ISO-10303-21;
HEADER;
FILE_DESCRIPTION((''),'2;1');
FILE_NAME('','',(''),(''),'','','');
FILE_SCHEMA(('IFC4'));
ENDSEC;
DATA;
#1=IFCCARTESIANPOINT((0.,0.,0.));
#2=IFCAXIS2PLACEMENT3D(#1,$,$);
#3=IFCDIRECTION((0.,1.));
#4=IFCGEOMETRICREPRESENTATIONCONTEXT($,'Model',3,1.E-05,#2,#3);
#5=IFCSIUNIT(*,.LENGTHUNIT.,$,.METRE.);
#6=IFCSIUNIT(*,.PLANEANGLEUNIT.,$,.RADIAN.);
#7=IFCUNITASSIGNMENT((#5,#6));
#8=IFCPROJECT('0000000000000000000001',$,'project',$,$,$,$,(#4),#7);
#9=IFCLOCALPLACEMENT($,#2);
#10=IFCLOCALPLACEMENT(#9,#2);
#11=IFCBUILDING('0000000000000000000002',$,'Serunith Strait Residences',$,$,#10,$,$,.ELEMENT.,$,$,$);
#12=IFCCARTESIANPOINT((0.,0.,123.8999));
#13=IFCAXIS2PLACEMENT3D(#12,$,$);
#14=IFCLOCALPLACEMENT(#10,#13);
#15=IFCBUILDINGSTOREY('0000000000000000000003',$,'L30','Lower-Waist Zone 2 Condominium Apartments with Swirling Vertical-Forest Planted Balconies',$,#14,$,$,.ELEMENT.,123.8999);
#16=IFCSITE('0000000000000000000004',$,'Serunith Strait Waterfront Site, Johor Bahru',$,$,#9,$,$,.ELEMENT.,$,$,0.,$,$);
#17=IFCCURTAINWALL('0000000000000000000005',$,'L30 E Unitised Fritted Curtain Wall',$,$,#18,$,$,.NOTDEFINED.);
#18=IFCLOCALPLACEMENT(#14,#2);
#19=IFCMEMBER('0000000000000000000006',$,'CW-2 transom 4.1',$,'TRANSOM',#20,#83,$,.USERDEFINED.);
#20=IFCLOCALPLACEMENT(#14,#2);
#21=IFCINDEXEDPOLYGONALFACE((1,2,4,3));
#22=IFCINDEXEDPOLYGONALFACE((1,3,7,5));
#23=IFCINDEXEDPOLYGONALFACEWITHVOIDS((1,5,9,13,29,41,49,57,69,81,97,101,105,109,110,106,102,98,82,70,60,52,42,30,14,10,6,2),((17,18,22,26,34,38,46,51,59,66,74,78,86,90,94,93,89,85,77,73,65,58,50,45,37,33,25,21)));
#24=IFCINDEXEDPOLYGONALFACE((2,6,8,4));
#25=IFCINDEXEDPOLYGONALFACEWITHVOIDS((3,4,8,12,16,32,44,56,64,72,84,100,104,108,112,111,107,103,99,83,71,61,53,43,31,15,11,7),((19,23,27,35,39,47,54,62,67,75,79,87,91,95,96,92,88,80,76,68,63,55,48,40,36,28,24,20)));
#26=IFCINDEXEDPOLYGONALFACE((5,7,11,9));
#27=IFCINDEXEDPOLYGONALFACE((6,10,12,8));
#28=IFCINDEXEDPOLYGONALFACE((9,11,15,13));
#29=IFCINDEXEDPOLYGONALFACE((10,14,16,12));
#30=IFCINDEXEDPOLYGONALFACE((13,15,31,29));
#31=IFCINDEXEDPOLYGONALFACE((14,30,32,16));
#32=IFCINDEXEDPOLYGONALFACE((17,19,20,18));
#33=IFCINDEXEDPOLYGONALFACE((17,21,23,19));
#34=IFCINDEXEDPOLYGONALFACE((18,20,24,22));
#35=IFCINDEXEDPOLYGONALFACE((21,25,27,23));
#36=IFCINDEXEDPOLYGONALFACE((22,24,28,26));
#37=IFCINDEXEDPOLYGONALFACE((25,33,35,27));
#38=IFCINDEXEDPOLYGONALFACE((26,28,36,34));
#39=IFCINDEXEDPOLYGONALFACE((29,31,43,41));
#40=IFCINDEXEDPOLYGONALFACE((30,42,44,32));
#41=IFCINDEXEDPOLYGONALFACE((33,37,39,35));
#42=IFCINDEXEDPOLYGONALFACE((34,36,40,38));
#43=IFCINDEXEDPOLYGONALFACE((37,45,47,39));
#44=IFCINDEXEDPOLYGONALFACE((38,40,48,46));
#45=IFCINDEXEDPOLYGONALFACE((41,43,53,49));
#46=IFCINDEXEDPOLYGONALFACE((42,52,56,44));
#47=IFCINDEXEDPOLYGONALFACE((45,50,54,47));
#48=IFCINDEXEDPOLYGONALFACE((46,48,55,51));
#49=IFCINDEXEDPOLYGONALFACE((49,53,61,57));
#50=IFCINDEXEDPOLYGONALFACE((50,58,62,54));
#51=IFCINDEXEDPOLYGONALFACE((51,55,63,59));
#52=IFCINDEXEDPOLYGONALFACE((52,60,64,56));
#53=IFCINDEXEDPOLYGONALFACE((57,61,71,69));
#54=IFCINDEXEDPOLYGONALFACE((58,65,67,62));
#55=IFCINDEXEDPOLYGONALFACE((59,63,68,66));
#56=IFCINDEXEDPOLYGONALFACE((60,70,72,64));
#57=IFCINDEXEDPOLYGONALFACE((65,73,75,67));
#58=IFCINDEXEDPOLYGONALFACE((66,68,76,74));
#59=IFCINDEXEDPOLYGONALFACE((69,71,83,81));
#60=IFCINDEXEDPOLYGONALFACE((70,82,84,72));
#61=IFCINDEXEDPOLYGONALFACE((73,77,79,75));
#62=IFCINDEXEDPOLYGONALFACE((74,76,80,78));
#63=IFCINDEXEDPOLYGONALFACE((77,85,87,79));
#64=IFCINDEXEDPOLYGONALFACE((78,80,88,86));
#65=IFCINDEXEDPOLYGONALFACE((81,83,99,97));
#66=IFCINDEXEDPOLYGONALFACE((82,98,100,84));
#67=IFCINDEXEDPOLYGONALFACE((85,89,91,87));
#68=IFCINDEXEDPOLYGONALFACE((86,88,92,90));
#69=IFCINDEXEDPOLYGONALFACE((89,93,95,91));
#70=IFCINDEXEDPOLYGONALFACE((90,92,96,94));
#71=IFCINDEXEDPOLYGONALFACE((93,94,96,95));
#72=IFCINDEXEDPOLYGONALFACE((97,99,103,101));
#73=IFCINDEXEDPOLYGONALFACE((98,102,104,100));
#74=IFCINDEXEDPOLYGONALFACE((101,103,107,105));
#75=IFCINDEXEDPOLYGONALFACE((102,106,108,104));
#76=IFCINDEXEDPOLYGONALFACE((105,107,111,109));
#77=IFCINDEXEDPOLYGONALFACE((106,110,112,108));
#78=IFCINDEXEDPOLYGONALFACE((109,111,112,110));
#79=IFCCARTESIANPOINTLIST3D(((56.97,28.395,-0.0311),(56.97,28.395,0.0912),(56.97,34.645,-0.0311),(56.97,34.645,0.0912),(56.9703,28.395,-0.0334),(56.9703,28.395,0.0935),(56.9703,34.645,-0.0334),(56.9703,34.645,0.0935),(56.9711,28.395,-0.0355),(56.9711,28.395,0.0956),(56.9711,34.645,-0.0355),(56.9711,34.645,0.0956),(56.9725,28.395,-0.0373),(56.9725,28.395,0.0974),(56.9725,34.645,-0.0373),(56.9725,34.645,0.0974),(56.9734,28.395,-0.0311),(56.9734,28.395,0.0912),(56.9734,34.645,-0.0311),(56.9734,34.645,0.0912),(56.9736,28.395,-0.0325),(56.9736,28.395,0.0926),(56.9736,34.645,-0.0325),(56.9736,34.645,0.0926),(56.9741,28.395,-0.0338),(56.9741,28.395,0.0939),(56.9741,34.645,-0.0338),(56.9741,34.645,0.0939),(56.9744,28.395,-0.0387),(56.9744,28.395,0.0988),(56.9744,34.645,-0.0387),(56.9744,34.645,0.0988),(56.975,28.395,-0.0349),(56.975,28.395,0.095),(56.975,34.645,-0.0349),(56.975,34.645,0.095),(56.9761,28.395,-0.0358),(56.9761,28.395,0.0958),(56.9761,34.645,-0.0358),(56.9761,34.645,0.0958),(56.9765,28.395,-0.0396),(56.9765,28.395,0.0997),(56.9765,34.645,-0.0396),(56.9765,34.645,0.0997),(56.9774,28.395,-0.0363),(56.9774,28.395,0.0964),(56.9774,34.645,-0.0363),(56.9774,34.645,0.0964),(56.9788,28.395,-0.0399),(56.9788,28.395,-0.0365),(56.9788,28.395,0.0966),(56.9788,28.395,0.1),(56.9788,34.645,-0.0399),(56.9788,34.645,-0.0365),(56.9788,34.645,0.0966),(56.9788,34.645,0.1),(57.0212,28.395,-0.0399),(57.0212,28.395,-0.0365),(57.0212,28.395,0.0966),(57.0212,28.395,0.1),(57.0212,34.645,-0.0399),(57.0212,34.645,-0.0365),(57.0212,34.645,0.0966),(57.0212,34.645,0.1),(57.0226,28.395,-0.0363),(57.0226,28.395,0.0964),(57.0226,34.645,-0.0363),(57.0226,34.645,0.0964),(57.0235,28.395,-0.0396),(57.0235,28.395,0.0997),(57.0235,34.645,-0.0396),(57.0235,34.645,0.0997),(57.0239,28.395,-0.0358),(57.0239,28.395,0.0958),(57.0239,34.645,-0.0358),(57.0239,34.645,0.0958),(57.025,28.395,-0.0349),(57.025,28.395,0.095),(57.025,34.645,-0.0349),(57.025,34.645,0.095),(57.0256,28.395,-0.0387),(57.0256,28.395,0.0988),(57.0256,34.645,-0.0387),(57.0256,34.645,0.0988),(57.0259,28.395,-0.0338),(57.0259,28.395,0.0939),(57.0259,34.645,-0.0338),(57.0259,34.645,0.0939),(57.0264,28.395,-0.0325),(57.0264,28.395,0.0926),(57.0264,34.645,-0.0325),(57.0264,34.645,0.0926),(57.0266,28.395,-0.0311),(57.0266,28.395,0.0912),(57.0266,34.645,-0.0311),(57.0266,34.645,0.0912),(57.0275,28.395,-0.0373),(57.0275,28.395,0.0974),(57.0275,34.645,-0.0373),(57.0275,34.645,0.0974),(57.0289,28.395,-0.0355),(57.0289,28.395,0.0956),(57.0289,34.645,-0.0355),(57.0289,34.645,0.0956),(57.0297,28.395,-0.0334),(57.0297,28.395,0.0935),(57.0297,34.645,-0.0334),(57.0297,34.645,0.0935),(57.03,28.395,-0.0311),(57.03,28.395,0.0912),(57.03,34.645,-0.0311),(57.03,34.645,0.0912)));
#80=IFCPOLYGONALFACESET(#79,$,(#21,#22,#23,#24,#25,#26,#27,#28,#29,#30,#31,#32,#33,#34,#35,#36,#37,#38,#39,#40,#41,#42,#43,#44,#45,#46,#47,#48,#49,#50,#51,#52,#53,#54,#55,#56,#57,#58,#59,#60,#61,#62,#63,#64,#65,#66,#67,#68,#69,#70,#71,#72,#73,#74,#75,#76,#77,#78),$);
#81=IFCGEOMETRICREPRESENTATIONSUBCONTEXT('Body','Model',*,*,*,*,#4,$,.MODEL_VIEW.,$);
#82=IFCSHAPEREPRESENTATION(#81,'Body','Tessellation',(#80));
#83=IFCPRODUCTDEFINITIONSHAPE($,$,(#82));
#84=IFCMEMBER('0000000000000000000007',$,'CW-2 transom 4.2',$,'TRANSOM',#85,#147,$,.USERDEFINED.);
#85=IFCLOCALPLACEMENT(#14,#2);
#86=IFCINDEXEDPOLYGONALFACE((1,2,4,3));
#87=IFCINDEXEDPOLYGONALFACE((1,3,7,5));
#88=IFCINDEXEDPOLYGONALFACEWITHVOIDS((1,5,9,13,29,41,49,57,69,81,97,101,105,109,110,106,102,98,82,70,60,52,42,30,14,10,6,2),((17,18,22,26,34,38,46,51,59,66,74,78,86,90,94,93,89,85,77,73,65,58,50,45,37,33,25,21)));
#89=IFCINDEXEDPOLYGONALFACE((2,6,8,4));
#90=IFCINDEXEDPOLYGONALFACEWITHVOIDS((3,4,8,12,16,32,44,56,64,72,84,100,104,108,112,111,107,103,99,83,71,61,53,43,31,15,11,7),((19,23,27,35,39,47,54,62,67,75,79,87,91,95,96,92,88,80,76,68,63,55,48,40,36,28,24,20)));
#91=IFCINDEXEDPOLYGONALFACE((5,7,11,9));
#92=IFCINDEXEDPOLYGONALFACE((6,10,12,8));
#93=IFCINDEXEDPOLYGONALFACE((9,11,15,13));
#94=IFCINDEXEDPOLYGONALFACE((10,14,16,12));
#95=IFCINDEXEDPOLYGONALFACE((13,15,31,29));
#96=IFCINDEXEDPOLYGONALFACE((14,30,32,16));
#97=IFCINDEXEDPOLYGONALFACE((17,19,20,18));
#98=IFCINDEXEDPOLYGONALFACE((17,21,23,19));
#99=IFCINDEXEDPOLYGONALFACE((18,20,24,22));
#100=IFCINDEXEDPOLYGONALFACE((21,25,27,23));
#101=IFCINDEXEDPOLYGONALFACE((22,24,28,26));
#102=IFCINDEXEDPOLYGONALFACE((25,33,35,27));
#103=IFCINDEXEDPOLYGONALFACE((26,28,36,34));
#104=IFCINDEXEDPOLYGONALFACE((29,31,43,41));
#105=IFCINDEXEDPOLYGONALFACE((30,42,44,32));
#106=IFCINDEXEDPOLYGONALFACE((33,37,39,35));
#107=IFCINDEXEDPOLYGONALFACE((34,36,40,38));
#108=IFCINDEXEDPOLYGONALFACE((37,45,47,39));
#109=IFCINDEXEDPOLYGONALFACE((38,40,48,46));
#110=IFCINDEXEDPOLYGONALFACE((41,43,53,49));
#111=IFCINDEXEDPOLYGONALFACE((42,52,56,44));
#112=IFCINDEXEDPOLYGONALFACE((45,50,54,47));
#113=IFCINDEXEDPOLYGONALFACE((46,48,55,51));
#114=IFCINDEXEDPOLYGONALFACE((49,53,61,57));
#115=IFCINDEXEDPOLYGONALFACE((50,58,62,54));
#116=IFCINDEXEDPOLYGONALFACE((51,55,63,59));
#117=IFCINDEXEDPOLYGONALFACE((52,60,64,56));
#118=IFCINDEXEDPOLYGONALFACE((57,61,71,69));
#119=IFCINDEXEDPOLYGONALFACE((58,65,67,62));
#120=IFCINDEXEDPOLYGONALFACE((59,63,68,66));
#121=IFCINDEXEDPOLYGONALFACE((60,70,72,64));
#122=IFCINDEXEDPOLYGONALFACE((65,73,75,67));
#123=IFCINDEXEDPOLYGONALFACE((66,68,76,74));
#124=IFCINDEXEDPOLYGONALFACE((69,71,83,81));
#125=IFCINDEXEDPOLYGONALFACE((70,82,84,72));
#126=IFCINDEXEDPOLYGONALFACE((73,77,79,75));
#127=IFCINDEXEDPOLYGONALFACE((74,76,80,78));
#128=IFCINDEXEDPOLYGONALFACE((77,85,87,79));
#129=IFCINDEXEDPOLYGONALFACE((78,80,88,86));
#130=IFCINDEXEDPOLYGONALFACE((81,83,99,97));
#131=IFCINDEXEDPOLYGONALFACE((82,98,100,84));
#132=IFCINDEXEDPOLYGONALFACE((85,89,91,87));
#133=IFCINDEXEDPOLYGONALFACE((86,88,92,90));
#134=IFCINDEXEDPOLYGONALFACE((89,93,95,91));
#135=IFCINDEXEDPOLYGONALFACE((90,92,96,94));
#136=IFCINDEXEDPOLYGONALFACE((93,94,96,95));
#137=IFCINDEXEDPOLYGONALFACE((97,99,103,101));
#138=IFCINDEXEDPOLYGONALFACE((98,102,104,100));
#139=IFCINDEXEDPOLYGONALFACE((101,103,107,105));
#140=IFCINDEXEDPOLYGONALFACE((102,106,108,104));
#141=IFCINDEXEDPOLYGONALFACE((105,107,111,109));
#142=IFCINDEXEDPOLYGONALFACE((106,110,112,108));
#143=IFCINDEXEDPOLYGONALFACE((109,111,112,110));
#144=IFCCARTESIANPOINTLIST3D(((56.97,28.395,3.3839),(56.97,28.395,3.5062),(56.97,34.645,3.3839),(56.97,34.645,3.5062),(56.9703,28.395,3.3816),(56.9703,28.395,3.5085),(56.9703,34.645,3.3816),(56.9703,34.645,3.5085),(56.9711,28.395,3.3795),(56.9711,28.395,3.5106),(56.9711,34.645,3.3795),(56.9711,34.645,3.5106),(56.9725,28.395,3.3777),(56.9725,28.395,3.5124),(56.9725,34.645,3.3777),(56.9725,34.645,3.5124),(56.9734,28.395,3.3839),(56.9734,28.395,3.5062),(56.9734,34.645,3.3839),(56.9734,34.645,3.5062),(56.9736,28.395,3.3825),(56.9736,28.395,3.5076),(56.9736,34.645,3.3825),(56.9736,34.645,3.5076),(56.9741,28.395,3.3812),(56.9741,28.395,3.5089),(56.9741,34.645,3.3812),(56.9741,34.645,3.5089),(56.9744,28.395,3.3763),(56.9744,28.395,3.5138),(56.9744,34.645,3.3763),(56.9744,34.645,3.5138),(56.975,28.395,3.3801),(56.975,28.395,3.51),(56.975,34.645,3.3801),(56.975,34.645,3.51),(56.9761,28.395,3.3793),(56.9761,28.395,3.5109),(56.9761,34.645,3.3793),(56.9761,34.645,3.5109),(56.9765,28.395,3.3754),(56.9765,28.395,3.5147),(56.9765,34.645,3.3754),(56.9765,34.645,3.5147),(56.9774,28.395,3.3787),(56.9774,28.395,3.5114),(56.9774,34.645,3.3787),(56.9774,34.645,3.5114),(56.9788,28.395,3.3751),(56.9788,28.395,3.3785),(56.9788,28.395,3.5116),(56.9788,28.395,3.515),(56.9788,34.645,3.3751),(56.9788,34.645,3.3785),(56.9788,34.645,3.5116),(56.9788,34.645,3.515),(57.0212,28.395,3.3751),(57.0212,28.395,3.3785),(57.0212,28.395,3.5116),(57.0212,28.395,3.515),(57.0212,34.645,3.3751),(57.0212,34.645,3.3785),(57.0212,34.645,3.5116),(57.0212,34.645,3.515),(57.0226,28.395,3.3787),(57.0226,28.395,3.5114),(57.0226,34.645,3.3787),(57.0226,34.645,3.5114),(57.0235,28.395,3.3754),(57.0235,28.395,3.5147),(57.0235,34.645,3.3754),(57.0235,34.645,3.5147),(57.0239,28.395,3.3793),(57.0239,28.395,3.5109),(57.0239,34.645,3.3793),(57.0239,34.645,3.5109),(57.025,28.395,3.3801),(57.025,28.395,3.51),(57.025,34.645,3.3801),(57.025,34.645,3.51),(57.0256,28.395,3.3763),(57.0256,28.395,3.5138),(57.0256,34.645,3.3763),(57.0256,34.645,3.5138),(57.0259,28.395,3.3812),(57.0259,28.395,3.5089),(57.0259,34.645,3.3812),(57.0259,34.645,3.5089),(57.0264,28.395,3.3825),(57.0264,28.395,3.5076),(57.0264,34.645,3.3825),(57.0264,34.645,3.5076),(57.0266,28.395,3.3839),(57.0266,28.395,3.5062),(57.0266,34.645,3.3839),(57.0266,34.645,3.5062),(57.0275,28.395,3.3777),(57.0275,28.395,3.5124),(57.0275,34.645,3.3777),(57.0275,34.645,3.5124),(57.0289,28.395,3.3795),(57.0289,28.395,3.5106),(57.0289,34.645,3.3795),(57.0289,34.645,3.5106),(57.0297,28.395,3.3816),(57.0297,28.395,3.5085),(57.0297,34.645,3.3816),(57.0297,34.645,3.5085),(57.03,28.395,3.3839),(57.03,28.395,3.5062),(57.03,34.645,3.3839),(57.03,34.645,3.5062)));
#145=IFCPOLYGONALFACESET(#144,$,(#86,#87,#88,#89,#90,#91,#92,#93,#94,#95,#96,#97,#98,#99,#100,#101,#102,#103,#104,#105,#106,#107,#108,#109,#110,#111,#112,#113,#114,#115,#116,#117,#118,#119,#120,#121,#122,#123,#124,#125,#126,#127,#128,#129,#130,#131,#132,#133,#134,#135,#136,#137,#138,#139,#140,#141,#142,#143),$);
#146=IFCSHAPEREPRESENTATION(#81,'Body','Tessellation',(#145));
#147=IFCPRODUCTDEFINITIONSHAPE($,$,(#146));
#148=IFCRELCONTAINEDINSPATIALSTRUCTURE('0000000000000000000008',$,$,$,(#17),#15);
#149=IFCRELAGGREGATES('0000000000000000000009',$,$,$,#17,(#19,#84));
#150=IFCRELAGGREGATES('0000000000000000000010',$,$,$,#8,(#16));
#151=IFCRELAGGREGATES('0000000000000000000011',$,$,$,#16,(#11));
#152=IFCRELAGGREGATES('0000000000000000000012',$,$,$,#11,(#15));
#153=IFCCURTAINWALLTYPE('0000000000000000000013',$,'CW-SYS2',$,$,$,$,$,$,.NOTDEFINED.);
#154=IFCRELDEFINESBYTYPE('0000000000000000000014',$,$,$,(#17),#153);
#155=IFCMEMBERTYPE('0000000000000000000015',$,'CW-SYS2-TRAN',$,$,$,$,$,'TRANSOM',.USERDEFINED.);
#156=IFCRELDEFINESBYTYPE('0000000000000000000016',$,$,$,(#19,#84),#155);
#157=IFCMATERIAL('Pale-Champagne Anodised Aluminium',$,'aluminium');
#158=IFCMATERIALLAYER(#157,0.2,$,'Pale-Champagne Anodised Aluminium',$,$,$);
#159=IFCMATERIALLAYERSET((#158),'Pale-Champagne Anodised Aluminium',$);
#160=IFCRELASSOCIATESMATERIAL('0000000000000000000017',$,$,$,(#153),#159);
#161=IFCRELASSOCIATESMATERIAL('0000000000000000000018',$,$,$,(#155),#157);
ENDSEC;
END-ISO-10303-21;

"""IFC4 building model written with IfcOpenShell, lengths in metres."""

from ifc_helpers import new_model, si_unit, direction, frame, origin, origin_2d, place, context, subcontext, project, spatial, hollow_rectangle, extrude, source, transform, mapped, material, layer, layer_set, material_profile, profile_set, type_object, element, aggregate, save


model = new_model("IFC4")

# Units and contexts
model_context = context("Model", 3, precision=1e-05, world=origin(), true_north=direction((0.0, 1.0)))
body_context = subcontext(model_context, "Body", "Model", "MODEL_VIEW")
ifc_project = project(units=[si_unit("LENGTHUNIT", "METRE"), si_unit("PLANEANGLEUNIT", "RADIAN")], contexts=[model_context])

# Site, building, storey
site_placement = place(None, origin())
site = spatial("IfcSite", under=ifc_project, at=site_placement, Name="Serunith Strait Waterfront Site, Johor Bahru", CompositionType="ELEMENT", RefElevation=0.0)
building_placement = place(site_placement, origin())
building = spatial("IfcBuilding", under=site, at=building_placement, Name="Serunith Strait Residences", CompositionType="ELEMENT")
storey_placement = place(building_placement, frame((0.0, 0.0, 123.8999)))
storey = spatial("IfcBuildingStorey", under=building, at=storey_placement, Name="L30", Description="Lower-Waist Zone 2 Condominium Apartments with Swirling Vertical-Forest Planted Balconies", CompositionType="ELEMENT", Elevation=123.8999)

# Curtain wall, members
ifc_material_1 = material(Name="Pale-Champagne Anodised Aluminium", Category="aluminium")
ifc_layer_1 = layer(ifc_material_1, 0.2, Name="Pale-Champagne Anodised Aluminium")
ifc_layer_set_1 = layer_set([ifc_layer_1], Name="Pale-Champagne Anodised Aluminium")
curtain_wall_type = type_object("IfcCurtainWallType", Name="CW-SYS2", PredefinedType="NOTDEFINED", material=ifc_layer_set_1)
curtain_wall_placement = place(storey_placement, origin())
curtain_wall = element("IfcCurtainWall", 1, at=curtain_wall_placement, inside=storey, type_object=curtain_wall_type, Name="L30 E Unitised Fritted Curtain Wall", PredefinedType="NOTDEFINED")
ifc_material_profile_1 = material_profile(ifc_material_1, hollow_rectangle(XDim=0.0601, YDim=0.1399, WallThickness=0.0034, InnerFilletRadius=0.0054, OuterFilletRadius=0.0088, at=origin_2d()), Name="ALU 140x60x3.5")
ifc_profile_set_1 = profile_set([ifc_material_profile_1], Name="Pale-Champagne Anodised Aluminium")
member_type_1 = type_object("IfcMemberType", Name="CW-SYS2-TRAN", ElementType="TRANSOM", PredefinedType="USERDEFINED", material=ifc_profile_set_1)
shared_shape_1 = source(origin(), body_context, "Body", "SweptSolid", [
    extrude(hollow_rectangle(XDim=0.0601, YDim=0.1399, WallThickness=0.0034, InnerFilletRadius=0.0054, OuterFilletRadius=0.0088, at=origin_2d()), origin(), (0.0, 0.0, 1.0), 6.25),
])
member_1_placement = place(storey_placement, frame((57.0, 28.395, 0.03), z_axis=(0.0, 1.0, 0.0), x_axis=(-1.0, 0.0, 0.0)))
member_1 = element("IfcMember", 2, at=member_1_placement, type_object=member_type_1, Name="CW-2 transom 4.1", ObjectType="TRANSOM", PredefinedType="USERDEFINED", context=body_context, shape_type="MappedRepresentation", body=[
    mapped(shared_shape_1, transform((0.0, 0.0, 0.0), scale=1.0)),
])
member_2_placement = place(storey_placement, frame((57.0, 28.395, 3.4451), z_axis=(0.0, 1.0, 0.0), x_axis=(-1.0, 0.0, 0.0)))
member_2 = element("IfcMember", 3, at=member_2_placement, type_object=member_type_1, Name="CW-2 transom 4.2", ObjectType="TRANSOM", PredefinedType="USERDEFINED", context=body_context, shape_type="MappedRepresentation", body=[
    mapped(shared_shape_1, transform((0.0, 0.0, 0.0), scale=1.0)),
])
aggregate(curtain_wall, [member_1, member_2])

save(model, "model.ifc")
